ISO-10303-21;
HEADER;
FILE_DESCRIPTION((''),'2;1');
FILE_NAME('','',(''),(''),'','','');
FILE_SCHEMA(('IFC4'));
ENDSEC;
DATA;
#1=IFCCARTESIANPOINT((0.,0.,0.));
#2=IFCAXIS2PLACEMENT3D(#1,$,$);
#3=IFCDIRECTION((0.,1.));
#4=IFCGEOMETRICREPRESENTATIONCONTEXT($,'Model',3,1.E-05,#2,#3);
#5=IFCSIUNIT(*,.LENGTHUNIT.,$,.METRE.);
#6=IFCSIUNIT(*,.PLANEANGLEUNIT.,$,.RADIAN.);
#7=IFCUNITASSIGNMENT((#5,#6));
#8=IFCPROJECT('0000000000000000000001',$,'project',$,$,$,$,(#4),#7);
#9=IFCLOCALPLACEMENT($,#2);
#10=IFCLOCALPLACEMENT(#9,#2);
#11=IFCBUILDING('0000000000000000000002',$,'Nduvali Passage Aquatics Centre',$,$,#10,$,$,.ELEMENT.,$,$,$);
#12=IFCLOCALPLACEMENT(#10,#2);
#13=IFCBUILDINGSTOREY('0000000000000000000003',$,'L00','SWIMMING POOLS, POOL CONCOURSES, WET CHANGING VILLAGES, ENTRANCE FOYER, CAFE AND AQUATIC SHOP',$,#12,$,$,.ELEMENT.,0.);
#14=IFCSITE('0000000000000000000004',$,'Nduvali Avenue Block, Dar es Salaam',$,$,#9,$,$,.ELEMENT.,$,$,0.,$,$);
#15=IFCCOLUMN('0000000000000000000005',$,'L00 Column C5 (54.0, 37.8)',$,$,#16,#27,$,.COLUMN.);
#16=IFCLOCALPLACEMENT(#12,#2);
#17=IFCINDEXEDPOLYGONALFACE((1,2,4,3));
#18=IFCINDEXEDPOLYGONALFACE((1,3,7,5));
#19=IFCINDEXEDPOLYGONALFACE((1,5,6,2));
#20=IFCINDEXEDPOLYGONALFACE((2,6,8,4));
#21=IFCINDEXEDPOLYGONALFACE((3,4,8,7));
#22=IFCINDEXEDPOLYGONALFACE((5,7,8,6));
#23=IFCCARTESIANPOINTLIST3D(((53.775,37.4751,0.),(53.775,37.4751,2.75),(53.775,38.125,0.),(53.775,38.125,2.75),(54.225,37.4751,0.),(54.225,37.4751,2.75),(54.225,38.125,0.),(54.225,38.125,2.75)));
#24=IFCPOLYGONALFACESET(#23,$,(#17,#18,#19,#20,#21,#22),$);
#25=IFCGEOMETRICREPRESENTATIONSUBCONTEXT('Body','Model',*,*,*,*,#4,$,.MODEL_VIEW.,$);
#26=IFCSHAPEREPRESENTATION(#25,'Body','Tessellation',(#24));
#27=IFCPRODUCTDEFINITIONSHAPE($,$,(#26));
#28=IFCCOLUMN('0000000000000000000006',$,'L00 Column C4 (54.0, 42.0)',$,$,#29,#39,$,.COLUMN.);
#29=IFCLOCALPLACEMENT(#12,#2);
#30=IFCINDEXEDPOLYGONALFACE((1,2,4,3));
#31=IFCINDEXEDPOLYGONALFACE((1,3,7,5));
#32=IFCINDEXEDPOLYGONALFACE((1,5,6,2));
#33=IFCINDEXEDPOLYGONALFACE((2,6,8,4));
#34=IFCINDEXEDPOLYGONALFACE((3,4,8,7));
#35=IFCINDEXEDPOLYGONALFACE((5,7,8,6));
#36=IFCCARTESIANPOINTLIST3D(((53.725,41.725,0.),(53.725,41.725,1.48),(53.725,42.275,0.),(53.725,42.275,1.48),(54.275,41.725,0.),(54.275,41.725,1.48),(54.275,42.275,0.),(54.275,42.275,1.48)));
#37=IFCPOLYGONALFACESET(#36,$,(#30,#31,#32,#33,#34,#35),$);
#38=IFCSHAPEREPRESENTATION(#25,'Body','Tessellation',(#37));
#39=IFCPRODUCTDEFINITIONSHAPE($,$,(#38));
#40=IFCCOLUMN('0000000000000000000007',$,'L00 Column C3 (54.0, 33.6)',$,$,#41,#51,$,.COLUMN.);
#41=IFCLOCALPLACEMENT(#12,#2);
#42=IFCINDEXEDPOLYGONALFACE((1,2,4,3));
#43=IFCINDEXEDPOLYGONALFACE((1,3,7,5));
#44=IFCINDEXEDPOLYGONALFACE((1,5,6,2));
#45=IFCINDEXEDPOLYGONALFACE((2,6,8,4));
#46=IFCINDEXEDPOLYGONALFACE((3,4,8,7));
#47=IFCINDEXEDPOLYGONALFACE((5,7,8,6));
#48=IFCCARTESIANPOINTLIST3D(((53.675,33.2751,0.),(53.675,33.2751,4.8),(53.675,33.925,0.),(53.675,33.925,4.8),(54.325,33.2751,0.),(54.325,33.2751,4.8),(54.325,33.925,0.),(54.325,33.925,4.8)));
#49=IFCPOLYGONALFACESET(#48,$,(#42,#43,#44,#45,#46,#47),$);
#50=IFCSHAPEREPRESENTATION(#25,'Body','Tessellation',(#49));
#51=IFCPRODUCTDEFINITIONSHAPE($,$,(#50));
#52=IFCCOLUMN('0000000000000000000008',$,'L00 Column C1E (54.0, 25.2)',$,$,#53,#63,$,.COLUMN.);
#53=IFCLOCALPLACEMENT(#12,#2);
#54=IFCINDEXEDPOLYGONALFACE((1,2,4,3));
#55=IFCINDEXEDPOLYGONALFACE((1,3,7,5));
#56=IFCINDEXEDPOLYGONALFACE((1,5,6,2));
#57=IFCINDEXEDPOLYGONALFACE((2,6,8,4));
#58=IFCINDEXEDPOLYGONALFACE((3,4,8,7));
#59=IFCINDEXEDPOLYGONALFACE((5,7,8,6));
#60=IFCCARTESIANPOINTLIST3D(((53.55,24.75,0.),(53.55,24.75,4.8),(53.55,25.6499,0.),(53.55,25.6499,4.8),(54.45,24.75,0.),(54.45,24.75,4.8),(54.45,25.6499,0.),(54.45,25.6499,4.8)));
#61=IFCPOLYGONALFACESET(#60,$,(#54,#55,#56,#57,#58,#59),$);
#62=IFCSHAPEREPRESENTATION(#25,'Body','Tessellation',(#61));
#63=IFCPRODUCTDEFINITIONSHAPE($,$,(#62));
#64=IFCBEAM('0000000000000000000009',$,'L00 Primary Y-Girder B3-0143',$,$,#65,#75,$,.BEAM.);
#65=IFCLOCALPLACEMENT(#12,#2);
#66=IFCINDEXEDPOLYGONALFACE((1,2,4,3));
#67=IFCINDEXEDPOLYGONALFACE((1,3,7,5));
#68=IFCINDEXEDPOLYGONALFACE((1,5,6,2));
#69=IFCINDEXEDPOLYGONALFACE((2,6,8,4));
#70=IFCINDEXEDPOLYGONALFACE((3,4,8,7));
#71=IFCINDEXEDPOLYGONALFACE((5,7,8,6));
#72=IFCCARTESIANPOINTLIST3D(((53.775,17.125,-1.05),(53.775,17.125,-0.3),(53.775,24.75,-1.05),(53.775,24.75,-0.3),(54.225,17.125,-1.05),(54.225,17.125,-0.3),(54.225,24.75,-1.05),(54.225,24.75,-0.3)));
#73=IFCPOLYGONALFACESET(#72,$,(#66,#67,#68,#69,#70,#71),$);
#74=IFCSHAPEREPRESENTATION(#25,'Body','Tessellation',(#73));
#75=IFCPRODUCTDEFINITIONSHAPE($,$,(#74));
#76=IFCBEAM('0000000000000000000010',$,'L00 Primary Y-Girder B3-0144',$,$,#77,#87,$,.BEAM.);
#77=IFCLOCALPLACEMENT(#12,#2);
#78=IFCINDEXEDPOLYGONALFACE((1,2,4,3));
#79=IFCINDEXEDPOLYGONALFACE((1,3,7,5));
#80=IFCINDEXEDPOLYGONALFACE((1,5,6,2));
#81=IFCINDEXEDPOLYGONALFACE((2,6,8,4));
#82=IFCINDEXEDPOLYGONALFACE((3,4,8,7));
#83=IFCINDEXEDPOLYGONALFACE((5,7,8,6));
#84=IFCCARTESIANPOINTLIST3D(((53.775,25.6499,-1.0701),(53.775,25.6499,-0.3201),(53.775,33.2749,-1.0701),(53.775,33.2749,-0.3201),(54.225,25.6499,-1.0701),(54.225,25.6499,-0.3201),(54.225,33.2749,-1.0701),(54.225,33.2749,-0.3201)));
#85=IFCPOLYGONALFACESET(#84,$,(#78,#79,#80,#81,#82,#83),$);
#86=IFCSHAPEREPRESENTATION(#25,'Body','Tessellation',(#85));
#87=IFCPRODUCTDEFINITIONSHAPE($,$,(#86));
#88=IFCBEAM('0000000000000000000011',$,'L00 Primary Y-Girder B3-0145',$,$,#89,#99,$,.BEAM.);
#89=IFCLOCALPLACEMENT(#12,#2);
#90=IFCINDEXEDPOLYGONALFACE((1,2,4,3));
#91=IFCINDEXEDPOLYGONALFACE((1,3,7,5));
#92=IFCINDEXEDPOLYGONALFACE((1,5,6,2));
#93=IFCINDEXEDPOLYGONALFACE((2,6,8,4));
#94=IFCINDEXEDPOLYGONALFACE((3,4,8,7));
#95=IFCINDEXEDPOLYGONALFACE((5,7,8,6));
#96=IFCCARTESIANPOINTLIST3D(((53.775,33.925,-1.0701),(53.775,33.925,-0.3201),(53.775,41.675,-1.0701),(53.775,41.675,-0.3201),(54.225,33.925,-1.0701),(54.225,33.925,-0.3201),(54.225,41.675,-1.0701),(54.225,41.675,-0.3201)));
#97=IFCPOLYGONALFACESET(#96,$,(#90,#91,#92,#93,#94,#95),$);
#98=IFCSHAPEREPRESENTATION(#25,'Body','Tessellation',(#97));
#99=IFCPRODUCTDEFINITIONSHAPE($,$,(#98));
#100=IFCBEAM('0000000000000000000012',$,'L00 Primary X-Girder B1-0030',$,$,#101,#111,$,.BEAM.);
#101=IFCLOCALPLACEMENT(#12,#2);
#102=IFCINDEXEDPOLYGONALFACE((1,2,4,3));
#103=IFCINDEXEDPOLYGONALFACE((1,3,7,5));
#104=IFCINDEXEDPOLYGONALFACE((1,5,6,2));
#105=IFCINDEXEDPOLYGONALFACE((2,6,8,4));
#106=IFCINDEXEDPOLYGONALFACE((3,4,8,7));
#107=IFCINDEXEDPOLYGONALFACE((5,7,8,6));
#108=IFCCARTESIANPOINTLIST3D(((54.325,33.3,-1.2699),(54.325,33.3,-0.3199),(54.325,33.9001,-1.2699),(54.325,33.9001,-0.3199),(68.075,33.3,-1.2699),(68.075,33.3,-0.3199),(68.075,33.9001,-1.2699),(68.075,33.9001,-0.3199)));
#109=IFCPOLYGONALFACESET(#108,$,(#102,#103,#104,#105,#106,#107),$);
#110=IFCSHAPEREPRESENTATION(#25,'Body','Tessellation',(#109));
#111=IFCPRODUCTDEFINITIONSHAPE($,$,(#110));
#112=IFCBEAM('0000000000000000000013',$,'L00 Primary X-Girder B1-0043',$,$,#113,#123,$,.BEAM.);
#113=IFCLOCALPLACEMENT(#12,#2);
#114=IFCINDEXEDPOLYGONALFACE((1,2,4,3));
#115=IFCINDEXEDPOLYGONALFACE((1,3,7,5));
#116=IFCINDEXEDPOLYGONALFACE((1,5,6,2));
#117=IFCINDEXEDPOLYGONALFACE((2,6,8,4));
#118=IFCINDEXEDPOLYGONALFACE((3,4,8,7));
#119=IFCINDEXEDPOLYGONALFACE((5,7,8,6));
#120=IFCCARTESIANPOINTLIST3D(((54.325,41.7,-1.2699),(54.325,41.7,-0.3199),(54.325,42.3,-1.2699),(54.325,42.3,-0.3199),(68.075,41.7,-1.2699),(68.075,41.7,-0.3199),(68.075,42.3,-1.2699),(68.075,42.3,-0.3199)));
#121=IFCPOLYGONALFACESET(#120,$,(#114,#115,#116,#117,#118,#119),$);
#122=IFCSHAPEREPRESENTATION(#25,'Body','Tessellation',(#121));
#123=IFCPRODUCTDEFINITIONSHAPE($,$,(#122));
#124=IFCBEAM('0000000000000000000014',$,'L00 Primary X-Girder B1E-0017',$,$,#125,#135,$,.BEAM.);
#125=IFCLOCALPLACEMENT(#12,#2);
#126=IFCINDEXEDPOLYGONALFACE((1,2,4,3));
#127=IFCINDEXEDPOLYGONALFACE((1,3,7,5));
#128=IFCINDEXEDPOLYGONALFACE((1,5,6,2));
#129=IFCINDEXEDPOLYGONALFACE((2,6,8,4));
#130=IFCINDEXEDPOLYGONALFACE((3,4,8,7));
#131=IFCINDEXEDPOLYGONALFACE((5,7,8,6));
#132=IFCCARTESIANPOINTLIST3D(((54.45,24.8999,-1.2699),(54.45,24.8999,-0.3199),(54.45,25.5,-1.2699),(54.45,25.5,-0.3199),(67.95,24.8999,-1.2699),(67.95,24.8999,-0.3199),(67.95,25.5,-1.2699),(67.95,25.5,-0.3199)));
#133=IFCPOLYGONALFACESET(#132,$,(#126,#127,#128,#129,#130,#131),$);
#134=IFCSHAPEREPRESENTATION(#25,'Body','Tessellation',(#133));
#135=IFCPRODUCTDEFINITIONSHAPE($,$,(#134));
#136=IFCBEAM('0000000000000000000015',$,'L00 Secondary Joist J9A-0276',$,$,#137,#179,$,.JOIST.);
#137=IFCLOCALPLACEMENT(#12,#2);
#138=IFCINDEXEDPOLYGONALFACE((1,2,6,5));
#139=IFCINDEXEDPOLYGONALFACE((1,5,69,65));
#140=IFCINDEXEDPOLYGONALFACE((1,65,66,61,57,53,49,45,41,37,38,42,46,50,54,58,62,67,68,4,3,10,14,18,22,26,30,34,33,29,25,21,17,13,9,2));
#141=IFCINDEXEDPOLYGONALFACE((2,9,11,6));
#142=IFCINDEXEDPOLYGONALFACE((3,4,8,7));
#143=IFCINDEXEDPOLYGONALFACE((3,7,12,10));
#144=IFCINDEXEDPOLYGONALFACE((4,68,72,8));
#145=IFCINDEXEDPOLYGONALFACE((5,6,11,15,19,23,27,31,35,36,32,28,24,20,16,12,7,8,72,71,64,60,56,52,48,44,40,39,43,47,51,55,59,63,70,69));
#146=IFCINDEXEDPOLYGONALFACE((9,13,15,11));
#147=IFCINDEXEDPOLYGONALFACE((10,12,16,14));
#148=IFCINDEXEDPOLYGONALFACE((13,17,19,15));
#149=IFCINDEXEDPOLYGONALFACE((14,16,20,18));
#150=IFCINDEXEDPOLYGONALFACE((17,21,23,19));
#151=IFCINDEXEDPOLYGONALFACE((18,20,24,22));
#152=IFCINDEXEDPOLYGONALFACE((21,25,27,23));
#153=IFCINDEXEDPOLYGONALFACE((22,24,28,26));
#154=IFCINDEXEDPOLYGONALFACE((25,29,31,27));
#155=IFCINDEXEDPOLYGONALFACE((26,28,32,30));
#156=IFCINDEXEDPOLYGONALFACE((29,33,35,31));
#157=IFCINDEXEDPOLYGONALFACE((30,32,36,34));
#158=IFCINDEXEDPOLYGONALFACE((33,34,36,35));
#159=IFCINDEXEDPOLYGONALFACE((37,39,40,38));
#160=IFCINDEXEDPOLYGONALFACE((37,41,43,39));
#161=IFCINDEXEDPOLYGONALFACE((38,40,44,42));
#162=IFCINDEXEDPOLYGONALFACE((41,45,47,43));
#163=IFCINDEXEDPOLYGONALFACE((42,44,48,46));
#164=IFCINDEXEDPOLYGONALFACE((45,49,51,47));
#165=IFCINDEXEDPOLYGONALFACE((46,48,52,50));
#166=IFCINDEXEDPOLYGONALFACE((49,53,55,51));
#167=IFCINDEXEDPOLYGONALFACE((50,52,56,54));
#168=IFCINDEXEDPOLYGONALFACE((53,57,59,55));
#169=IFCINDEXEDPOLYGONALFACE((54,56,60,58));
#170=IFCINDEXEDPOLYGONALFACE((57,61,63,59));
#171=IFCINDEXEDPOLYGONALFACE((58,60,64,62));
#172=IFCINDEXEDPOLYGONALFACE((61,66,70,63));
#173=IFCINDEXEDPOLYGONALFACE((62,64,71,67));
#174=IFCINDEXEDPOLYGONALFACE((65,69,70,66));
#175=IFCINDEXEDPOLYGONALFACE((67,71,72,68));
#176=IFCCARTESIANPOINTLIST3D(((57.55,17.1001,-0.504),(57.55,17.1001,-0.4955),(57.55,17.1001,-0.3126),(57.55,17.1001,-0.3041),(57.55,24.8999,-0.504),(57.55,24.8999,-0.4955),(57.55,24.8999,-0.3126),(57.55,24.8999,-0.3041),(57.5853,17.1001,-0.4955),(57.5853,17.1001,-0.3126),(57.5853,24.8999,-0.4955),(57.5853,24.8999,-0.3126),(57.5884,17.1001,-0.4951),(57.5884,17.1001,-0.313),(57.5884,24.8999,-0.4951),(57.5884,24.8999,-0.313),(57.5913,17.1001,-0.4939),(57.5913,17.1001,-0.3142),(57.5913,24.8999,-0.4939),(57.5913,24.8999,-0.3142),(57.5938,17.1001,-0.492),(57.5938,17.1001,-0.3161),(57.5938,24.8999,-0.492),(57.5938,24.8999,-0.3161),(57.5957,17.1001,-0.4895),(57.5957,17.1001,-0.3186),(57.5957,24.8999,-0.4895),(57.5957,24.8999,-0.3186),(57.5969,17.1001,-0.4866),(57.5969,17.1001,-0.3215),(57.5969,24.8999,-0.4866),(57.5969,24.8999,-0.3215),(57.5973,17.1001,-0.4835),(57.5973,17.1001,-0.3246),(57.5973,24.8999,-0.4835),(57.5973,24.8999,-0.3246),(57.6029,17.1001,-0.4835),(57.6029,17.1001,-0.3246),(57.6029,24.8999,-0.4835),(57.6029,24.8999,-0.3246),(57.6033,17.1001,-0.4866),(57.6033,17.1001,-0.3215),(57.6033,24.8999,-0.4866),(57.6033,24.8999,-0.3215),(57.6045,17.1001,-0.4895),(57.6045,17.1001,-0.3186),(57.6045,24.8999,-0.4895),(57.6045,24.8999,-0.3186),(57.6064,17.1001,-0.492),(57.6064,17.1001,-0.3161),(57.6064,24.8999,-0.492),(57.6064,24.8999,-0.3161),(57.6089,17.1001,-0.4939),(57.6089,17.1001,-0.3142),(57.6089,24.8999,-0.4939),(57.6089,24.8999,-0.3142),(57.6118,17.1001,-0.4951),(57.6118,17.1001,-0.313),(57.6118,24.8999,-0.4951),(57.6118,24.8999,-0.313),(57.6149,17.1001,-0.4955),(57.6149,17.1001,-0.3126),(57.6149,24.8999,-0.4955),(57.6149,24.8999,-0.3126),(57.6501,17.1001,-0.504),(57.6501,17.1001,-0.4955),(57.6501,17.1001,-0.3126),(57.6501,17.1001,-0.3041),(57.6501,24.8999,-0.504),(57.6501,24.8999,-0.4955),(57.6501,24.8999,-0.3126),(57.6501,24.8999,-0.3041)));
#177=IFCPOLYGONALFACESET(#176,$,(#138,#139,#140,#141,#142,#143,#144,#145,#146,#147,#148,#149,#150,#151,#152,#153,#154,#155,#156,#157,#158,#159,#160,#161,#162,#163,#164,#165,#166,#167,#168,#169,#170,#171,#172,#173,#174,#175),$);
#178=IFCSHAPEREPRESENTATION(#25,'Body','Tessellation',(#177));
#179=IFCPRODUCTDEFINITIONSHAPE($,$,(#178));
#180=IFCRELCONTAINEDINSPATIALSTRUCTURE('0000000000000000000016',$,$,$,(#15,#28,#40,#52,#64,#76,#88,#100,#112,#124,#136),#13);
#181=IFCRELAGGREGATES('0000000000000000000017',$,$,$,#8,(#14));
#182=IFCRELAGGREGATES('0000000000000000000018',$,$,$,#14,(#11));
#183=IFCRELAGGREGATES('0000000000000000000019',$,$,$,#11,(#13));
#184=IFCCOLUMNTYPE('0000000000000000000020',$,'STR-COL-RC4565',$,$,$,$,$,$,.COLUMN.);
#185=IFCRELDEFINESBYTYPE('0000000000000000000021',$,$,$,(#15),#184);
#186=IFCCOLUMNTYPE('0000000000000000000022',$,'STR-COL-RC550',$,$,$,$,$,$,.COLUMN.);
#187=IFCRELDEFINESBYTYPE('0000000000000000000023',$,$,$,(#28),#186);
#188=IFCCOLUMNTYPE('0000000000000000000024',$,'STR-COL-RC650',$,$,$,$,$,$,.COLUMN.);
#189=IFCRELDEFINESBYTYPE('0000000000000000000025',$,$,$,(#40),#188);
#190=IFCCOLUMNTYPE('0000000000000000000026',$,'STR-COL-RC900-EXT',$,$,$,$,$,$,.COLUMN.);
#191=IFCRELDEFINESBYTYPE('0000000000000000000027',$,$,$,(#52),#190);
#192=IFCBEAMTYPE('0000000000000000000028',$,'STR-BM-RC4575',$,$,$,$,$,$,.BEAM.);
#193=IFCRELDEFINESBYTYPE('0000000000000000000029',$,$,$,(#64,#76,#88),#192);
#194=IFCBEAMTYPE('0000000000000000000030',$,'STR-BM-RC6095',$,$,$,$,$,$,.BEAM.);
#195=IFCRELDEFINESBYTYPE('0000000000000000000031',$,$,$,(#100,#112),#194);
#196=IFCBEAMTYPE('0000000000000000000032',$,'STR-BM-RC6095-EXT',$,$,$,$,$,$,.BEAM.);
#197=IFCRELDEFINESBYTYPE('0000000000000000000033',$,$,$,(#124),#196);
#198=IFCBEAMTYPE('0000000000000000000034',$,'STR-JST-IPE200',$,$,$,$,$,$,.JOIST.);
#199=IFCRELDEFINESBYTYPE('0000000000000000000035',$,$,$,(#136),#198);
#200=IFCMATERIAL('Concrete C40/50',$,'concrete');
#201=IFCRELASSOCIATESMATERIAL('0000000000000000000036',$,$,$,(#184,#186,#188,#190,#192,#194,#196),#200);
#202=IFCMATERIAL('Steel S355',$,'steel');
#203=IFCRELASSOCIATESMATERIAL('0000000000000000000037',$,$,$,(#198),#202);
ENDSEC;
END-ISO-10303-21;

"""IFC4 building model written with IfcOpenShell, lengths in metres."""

from ifc_helpers import new_model, si_unit, direction, frame, origin, origin_2d, place, context, subcontext, project, spatial, rectangle, i_section, extrude, material, material_profile, profile_set, type_object, element, save


model = new_model("IFC4")

# Units and contexts
model_context = context("Model", 3, precision=1e-05, world=origin(), true_north=direction((0.0, 1.0)))
body_context = subcontext(model_context, "Body", "Model", "MODEL_VIEW")
ifc_project = project(units=[si_unit("LENGTHUNIT", "METRE"), si_unit("PLANEANGLEUNIT", "RADIAN")], contexts=[model_context])

# Site, building, storey
site_placement = place(None, origin())
site = spatial("IfcSite", under=ifc_project, at=site_placement, Name="Nduvali Avenue Block, Dar es Salaam", CompositionType="ELEMENT", RefElevation=0.0)
building_placement = place(site_placement, origin())
building = spatial("IfcBuilding", under=site, at=building_placement, Name="Nduvali Passage Aquatics Centre", CompositionType="ELEMENT")
storey_placement = place(building_placement, origin())
storey = spatial("IfcBuildingStorey", under=building, at=storey_placement, Name="L00", Description="SWIMMING POOLS, POOL CONCOURSES, WET CHANGING VILLAGES, ENTRANCE FOYER, CAFE AND AQUATIC SHOP", CompositionType="ELEMENT", Elevation=0.0)

# Columns
ifc_material_1 = material(Name="Concrete C40/50", Category="concrete")
ifc_material_profile_1 = material_profile(ifc_material_1, rectangle(XDim=0.45, YDim=0.6499, at=origin_2d()), Name="RC 450x650")
ifc_profile_set_1 = profile_set([ifc_material_profile_1], Name="Concrete C40/50")
column_type_1 = type_object("IfcColumnType", Name="STR-COL-RC4565", PredefinedType="COLUMN", material=ifc_profile_set_1)
column_1_placement = place(storey_placement, frame((54.0, 37.8, 0.0), z_axis=(0.0, 0.0, 1.0), x_axis=(1.0, 0.0, 0.0)))
element("IfcColumn", 1, at=column_1_placement, inside=storey, type_object=column_type_1, Name="L00 Column C5 (54.0, 37.8)", PredefinedType="COLUMN", context=body_context, shape_type="SweptSolid", body=[
    extrude(rectangle(XDim=0.45, YDim=0.6499, at=origin_2d()), origin(), (0.0, 0.0, 1.0), 2.75),
])
ifc_material_profile_2 = material_profile(ifc_material_1, rectangle(XDim=0.55, YDim=0.55, at=origin_2d()), Name="RC 550x550")
ifc_profile_set_2 = profile_set([ifc_material_profile_2], Name="Concrete C40/50")
column_type_2 = type_object("IfcColumnType", Name="STR-COL-RC550", PredefinedType="COLUMN", material=ifc_profile_set_2)
column_2_placement = place(storey_placement, frame((54.0, 42.0, 0.0), z_axis=(0.0, 0.0, 1.0), x_axis=(1.0, 0.0, 0.0)))
element("IfcColumn", 2, at=column_2_placement, inside=storey, type_object=column_type_2, Name="L00 Column C4 (54.0, 42.0)", PredefinedType="COLUMN", context=body_context, shape_type="SweptSolid", body=[
    extrude(rectangle(XDim=0.55, YDim=0.55, at=origin_2d()), origin(), (0.0, 0.0, 1.0), 1.48),
])
ifc_material_profile_3 = material_profile(ifc_material_1, rectangle(XDim=0.6499, YDim=0.6499, at=origin_2d()), Name="RC 650x650")
ifc_profile_set_3 = profile_set([ifc_material_profile_3], Name="Concrete C40/50")
column_type_3 = type_object("IfcColumnType", Name="STR-COL-RC650", PredefinedType="COLUMN", material=ifc_profile_set_3)
column_3_placement = place(storey_placement, frame((54.0, 33.6001, 0.0), z_axis=(0.0, 0.0, 1.0), x_axis=(1.0, 0.0, 0.0)))
element("IfcColumn", 3, at=column_3_placement, inside=storey, type_object=column_type_3, Name="L00 Column C3 (54.0, 33.6)", PredefinedType="COLUMN", context=body_context, shape_type="SweptSolid", body=[
    extrude(rectangle(XDim=0.6499, YDim=0.6499, at=origin_2d()), origin(), (0.0, 0.0, 1.0), 4.8),
])
ifc_material_profile_4 = material_profile(ifc_material_1, rectangle(XDim=0.8999, YDim=0.8999, at=origin_2d()), Name="RC 900x900")
ifc_profile_set_4 = profile_set([ifc_material_profile_4], Name="Concrete C40/50")
column_type_4 = type_object("IfcColumnType", Name="STR-COL-RC900-EXT", PredefinedType="COLUMN", material=ifc_profile_set_4)
column_4_placement = place(storey_placement, frame((54.0, 25.2, 0.0), z_axis=(0.0, 0.0, 1.0), x_axis=(1.0, 0.0, 0.0)))
element("IfcColumn", 4, at=column_4_placement, inside=storey, type_object=column_type_4, Name="L00 Column C1E (54.0, 25.2)", PredefinedType="COLUMN", context=body_context, shape_type="SweptSolid", body=[
    extrude(rectangle(XDim=0.8999, YDim=0.8999, at=origin_2d()), origin(), (0.0, 0.0, 1.0), 4.8),
])

# Beams
ifc_material_profile_5 = material_profile(ifc_material_1, rectangle(XDim=0.45, YDim=0.75, at=origin_2d()), Name="RC 450x750")
ifc_profile_set_5 = profile_set([ifc_material_profile_5], Name="Concrete C40/50")
beam_type_1 = type_object("IfcBeamType", Name="STR-BM-RC4575", PredefinedType="BEAM", material=ifc_profile_set_5)
for number, where, z_axis, x_axis, name in (
    (5, (54.0, 17.125, -0.675), (0.0, 1.0, 0.0), (-1.0, 0.0, 0.0), "L00 Primary Y-Girder B3-0143"),
    (6, (54.0, 25.6499, -0.6951), (0.0, 1.0, 0.0), (-1.0, 0.0, 0.0), "L00 Primary Y-Girder B3-0144"),
):
    element("IfcBeam", number, at=place(storey_placement, frame(where, z_axis=z_axis, x_axis=x_axis)), inside=storey, type_object=beam_type_1, Name=name, PredefinedType="BEAM", context=body_context, shape_type="SweptSolid", body=[
        extrude(rectangle(XDim=0.45, YDim=0.75, at=origin_2d()), origin(), (0.0, 0.0, 1.0), 7.625),
    ])
beam_1_placement = place(storey_placement, frame((54.0, 33.925, -0.6951), z_axis=(0.0, 1.0, 0.0), x_axis=(-1.0, 0.0, 0.0)))
element("IfcBeam", 7, at=beam_1_placement, inside=storey, type_object=beam_type_1, Name="L00 Primary Y-Girder B3-0145", PredefinedType="BEAM", context=body_context, shape_type="SweptSolid", body=[
    extrude(rectangle(XDim=0.45, YDim=0.75, at=origin_2d()), origin(), (0.0, 0.0, 1.0), 7.75),
])
ifc_material_profile_6 = material_profile(ifc_material_1, rectangle(XDim=0.6001, YDim=0.95, at=origin_2d()), Name="RC 600x950")
ifc_profile_set_6 = profile_set([ifc_material_profile_6], Name="Concrete C40/50")
beam_type_2 = type_object("IfcBeamType", Name="STR-BM-RC6095", PredefinedType="BEAM", material=ifc_profile_set_6)
for number, where, z_axis, x_axis, name in (
    (8, (54.325, 33.6001, -0.7949), (1.0, 0.0, 0.0), (0.0, 1.0, 0.0), "L00 Primary X-Girder B1-0030"),
    (9, (54.325, 42.0, -0.7949), (1.0, 0.0, 0.0), (0.0, 1.0, 0.0), "L00 Primary X-Girder B1-0043"),
):
    element("IfcBeam", number, at=place(storey_placement, frame(where, z_axis=z_axis, x_axis=x_axis)), inside=storey, type_object=beam_type_2, Name=name, PredefinedType="BEAM", context=body_context, shape_type="SweptSolid", body=[
        extrude(rectangle(XDim=0.6001, YDim=0.95, at=origin_2d()), origin(), (0.0, 0.0, 1.0), 13.75),
    ])
ifc_material_profile_7 = material_profile(ifc_material_1, rectangle(XDim=0.6001, YDim=0.95, at=origin_2d()), Name="RC 600x950")
ifc_profile_set_7 = profile_set([ifc_material_profile_7], Name="Concrete C40/50")
beam_type_3 = type_object("IfcBeamType", Name="STR-BM-RC6095-EXT", PredefinedType="BEAM", material=ifc_profile_set_7)
beam_2_placement = place(storey_placement, frame((54.45, 25.2, -0.7949), z_axis=(1.0, 0.0, 0.0), x_axis=(0.0, 1.0, 0.0)))
element("IfcBeam", 10, at=beam_2_placement, inside=storey, type_object=beam_type_3, Name="L00 Primary X-Girder B1E-0017", PredefinedType="BEAM", context=body_context, shape_type="SweptSolid", body=[
    extrude(rectangle(XDim=0.6001, YDim=0.95, at=origin_2d()), origin(), (0.0, 0.0, 1.0), 13.5),
])
ifc_material_2 = material(Name="Steel S355", Category="steel")
ifc_material_profile_8 = material_profile(ifc_material_2, i_section(OverallWidth=0.1001, OverallDepth=0.2, WebThickness=0.0056, FlangeThickness=0.0085, FilletRadius=0.012, at=origin_2d()), Name="IPE 200")
ifc_profile_set_8 = profile_set([ifc_material_profile_8], Name="Steel S355")
beam_type_4 = type_object("IfcBeamType", Name="STR-JST-IPE200", PredefinedType="JOIST", material=ifc_profile_set_8)
for number, where, z_axis, x_axis, name in (
    (11, (57.6001, 17.1001, -0.4041), (0.0, 1.0, 0.0), (-1.0, 0.0, 0.0), "L00 Secondary Joist J9A-0276"),
):
    element("IfcBeam", number, at=place(storey_placement, frame(where, z_axis=z_axis, x_axis=x_axis)), inside=storey, type_object=beam_type_4, Name=name, PredefinedType="JOIST", context=body_context, shape_type="SweptSolid", body=[
        extrude(i_section(OverallWidth=0.1001, OverallDepth=0.2, WebThickness=0.0056, FlangeThickness=0.0085, FilletRadius=0.012, at=origin_2d()), origin(), (0.0, 0.0, 1.0), 7.7998),
    ])

save(model, "model.ifc")
